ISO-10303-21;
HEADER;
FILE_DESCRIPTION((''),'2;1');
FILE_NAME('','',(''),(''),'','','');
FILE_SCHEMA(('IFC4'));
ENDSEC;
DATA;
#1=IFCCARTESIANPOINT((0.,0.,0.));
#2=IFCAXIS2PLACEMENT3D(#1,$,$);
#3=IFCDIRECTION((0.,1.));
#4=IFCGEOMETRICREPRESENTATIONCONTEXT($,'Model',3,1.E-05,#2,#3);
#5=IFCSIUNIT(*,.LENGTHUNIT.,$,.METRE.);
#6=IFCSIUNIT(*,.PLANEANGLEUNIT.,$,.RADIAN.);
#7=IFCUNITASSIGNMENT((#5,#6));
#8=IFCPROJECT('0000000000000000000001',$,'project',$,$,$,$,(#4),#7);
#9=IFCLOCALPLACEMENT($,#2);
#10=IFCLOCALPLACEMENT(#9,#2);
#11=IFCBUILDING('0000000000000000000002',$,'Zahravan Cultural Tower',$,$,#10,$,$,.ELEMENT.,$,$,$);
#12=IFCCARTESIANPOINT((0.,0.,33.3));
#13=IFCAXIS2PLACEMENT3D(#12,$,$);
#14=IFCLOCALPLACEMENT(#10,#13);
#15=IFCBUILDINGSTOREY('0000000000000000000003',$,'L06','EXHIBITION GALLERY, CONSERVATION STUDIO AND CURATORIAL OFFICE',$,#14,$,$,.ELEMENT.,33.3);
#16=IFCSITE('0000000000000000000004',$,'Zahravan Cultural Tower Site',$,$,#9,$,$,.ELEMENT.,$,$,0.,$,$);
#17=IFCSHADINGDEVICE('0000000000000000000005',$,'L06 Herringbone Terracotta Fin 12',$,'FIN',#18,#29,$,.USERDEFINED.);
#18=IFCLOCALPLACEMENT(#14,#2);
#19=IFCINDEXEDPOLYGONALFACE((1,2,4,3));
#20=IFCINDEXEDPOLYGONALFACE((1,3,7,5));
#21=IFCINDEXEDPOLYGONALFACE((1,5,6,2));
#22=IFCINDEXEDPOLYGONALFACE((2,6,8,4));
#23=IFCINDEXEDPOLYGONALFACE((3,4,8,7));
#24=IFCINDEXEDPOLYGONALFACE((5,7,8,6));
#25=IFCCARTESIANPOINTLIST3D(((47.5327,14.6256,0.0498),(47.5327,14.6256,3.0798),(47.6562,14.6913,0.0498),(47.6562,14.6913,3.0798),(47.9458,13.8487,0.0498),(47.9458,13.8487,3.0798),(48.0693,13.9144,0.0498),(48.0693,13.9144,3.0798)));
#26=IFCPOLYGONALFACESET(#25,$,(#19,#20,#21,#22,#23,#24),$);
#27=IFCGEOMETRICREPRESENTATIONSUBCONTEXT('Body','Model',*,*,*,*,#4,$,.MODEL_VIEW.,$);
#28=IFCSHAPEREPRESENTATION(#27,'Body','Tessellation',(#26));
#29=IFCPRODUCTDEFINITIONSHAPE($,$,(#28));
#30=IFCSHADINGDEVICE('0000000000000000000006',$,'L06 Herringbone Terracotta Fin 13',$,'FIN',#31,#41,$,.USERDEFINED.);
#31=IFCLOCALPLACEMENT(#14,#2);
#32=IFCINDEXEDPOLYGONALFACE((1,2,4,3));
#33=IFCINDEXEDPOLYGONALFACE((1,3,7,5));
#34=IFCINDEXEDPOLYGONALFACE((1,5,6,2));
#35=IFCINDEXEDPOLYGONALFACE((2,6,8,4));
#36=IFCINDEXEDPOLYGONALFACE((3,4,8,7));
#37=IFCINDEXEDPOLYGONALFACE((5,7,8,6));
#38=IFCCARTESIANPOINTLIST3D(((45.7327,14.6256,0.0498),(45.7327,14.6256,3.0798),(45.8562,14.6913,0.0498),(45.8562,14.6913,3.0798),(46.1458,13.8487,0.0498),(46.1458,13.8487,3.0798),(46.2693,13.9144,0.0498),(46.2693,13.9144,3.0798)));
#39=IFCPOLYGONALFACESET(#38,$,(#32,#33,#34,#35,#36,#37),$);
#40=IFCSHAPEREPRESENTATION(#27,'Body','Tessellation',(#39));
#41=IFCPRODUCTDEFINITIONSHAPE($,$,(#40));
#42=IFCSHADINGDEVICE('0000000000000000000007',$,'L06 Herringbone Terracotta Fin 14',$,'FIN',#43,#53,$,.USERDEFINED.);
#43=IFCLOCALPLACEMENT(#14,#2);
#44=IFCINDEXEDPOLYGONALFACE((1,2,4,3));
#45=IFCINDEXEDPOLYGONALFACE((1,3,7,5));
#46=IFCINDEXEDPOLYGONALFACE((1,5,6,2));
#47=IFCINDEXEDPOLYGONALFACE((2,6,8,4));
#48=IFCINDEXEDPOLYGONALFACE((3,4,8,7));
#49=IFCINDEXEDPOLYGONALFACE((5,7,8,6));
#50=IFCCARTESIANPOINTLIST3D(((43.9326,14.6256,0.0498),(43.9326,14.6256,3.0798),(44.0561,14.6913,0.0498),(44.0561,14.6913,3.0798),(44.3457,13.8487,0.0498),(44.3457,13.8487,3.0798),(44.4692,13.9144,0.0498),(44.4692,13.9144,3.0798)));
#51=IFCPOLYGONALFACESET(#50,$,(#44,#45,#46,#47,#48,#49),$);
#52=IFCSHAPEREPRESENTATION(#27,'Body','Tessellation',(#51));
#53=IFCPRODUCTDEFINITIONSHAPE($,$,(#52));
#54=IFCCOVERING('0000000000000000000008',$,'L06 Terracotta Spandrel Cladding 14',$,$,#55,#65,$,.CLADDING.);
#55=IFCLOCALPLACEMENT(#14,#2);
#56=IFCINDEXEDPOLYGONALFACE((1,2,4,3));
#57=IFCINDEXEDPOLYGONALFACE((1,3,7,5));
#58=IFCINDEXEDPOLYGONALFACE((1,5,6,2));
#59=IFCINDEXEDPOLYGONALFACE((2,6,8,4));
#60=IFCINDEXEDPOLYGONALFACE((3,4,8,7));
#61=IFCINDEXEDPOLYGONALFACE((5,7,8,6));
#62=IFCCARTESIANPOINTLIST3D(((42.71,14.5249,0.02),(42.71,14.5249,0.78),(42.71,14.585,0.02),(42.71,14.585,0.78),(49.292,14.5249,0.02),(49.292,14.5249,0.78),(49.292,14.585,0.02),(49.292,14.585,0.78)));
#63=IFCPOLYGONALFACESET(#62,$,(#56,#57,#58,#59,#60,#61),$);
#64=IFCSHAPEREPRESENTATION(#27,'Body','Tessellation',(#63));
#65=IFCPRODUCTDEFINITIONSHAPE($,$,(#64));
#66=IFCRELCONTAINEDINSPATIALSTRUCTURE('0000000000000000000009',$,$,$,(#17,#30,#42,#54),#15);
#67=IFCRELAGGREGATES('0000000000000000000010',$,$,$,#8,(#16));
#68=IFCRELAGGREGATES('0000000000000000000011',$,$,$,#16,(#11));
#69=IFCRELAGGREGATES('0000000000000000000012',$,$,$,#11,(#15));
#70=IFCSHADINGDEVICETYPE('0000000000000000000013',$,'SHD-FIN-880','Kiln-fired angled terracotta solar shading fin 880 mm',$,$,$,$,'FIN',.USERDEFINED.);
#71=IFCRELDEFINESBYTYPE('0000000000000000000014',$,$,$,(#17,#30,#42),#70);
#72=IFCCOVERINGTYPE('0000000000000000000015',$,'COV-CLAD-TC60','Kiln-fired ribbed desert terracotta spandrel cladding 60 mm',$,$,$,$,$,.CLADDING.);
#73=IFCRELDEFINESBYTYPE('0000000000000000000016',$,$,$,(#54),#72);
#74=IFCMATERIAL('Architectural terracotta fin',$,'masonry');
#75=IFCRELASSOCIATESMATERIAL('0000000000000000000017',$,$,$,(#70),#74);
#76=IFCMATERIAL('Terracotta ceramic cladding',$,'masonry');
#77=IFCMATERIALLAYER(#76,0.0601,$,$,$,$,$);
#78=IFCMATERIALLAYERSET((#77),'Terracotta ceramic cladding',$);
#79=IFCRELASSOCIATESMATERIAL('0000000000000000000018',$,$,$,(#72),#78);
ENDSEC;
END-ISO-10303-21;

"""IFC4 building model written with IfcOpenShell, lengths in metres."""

from ifc_helpers import new_model, si_unit, direction, frame, origin, origin_2d, place, context, subcontext, project, spatial, rectangle, extrude, source, transform, mapped, material, layer, layer_set, type_object, element, save


model = new_model("IFC4")

# Units and contexts
model_context = context("Model", 3, precision=1e-05, world=origin(), true_north=direction((0.0, 1.0)))
body_context = subcontext(model_context, "Body", "Model", "MODEL_VIEW")
ifc_project = project(units=[si_unit("LENGTHUNIT", "METRE"), si_unit("PLANEANGLEUNIT", "RADIAN")], contexts=[model_context])

# Site, building, storey
site_placement = place(None, origin())
site = spatial("IfcSite", under=ifc_project, at=site_placement, Name="Zahravan Cultural Tower Site", CompositionType="ELEMENT", RefElevation=0.0)
building_placement = place(site_placement, origin())
building = spatial("IfcBuilding", under=site, at=building_placement, Name="Zahravan Cultural Tower", CompositionType="ELEMENT")
storey_placement = place(building_placement, frame((0.0, 0.0, 33.3)))
storey = spatial("IfcBuildingStorey", under=building, at=storey_placement, Name="L06", Description="EXHIBITION GALLERY, CONSERVATION STUDIO AND CURATORIAL OFFICE", CompositionType="ELEMENT", Elevation=33.3)

# Shading devices
ifc_material_1 = material(Name="Architectural terracotta fin", Category="masonry")
shading_device_type = type_object("IfcShadingDeviceType", Name="SHD-FIN-880", Description="Kiln-fired angled terracotta solar shading fin 880 mm", ElementType="FIN", PredefinedType="USERDEFINED", material=ifc_material_1)
shared_shape_1 = source(origin(), body_context, "Body", "SweptSolid", [
    extrude(rectangle(XDim=0.8799, YDim=0.1399, at=origin_2d()), origin(), (0.0, 0.0, 1.0), 3.03),
])
for number, where, z_axis, x_axis, name in (
    (1, (47.801, 14.27, 0.0498), (0.0, 0.0, 1.0), (0.469472, -0.882948, 0.0), "L06 Herringbone Terracotta Fin 12"),
    (2, (46.001, 14.27, 0.0498), (0.0, 0.0, 1.0), (0.469472, -0.882948, 0.0), "L06 Herringbone Terracotta Fin 13"),
    (3, (44.2009, 14.27, 0.0498), (0.0, 0.0, 1.0), (0.469472, -0.882948, 0.0), "L06 Herringbone Terracotta Fin 14"),
):
    element("IfcShadingDevice", number, at=place(storey_placement, frame(where, z_axis=z_axis, x_axis=x_axis)), inside=storey, type_object=shading_device_type, Name=name, ObjectType="FIN", PredefinedType="USERDEFINED", context=body_context, shape_type="MappedRepresentation", body=[
        mapped(shared_shape_1, transform((0.0, 0.0, 0.0), x_axis=(1.0, 0.0, 0.0), y_axis=(0.0, 1.0, 0.0), z_axis=(0.0, 0.0, 1.0), scale=1.0)),
    ])

# Covering
ifc_material_2 = material(Name="Terracotta ceramic cladding", Category="masonry")
ifc_layer_1 = layer(ifc_material_2, 0.0601)
ifc_layer_set_1 = layer_set([ifc_layer_1], Name="Terracotta ceramic cladding")
covering_type = type_object("IfcCoveringType", Name="COV-CLAD-TC60", Description="Kiln-fired ribbed desert terracotta spandrel cladding 60 mm", PredefinedType="CLADDING", material=ifc_layer_set_1)
shared_shape_2 = source(origin(), body_context, "Body", "SweptSolid", [
    extrude(rectangle(XDim=6.582, YDim=0.0601, at=origin_2d()), origin(), (0.0, 0.0, 1.0), 0.76),
])
covering_placement = place(storey_placement, frame((46.001, 14.5549, 0.02), z_axis=(0.0, 0.0, 1.0), x_axis=(-1.0, 0.0, 0.0)))
element("IfcCovering", 4, at=covering_placement, inside=storey, type_object=covering_type, Name="L06 Terracotta Spandrel Cladding 14", PredefinedType="CLADDING", context=body_context, shape_type="MappedRepresentation", body=[
    mapped(shared_shape_2, transform((0.0, 0.0, 0.0), x_axis=(1.0, 0.0, 0.0), y_axis=(0.0, 1.0, 0.0), z_axis=(0.0, 0.0, 1.0), scale=1.0)),
])

save(model, "model.ifc")
